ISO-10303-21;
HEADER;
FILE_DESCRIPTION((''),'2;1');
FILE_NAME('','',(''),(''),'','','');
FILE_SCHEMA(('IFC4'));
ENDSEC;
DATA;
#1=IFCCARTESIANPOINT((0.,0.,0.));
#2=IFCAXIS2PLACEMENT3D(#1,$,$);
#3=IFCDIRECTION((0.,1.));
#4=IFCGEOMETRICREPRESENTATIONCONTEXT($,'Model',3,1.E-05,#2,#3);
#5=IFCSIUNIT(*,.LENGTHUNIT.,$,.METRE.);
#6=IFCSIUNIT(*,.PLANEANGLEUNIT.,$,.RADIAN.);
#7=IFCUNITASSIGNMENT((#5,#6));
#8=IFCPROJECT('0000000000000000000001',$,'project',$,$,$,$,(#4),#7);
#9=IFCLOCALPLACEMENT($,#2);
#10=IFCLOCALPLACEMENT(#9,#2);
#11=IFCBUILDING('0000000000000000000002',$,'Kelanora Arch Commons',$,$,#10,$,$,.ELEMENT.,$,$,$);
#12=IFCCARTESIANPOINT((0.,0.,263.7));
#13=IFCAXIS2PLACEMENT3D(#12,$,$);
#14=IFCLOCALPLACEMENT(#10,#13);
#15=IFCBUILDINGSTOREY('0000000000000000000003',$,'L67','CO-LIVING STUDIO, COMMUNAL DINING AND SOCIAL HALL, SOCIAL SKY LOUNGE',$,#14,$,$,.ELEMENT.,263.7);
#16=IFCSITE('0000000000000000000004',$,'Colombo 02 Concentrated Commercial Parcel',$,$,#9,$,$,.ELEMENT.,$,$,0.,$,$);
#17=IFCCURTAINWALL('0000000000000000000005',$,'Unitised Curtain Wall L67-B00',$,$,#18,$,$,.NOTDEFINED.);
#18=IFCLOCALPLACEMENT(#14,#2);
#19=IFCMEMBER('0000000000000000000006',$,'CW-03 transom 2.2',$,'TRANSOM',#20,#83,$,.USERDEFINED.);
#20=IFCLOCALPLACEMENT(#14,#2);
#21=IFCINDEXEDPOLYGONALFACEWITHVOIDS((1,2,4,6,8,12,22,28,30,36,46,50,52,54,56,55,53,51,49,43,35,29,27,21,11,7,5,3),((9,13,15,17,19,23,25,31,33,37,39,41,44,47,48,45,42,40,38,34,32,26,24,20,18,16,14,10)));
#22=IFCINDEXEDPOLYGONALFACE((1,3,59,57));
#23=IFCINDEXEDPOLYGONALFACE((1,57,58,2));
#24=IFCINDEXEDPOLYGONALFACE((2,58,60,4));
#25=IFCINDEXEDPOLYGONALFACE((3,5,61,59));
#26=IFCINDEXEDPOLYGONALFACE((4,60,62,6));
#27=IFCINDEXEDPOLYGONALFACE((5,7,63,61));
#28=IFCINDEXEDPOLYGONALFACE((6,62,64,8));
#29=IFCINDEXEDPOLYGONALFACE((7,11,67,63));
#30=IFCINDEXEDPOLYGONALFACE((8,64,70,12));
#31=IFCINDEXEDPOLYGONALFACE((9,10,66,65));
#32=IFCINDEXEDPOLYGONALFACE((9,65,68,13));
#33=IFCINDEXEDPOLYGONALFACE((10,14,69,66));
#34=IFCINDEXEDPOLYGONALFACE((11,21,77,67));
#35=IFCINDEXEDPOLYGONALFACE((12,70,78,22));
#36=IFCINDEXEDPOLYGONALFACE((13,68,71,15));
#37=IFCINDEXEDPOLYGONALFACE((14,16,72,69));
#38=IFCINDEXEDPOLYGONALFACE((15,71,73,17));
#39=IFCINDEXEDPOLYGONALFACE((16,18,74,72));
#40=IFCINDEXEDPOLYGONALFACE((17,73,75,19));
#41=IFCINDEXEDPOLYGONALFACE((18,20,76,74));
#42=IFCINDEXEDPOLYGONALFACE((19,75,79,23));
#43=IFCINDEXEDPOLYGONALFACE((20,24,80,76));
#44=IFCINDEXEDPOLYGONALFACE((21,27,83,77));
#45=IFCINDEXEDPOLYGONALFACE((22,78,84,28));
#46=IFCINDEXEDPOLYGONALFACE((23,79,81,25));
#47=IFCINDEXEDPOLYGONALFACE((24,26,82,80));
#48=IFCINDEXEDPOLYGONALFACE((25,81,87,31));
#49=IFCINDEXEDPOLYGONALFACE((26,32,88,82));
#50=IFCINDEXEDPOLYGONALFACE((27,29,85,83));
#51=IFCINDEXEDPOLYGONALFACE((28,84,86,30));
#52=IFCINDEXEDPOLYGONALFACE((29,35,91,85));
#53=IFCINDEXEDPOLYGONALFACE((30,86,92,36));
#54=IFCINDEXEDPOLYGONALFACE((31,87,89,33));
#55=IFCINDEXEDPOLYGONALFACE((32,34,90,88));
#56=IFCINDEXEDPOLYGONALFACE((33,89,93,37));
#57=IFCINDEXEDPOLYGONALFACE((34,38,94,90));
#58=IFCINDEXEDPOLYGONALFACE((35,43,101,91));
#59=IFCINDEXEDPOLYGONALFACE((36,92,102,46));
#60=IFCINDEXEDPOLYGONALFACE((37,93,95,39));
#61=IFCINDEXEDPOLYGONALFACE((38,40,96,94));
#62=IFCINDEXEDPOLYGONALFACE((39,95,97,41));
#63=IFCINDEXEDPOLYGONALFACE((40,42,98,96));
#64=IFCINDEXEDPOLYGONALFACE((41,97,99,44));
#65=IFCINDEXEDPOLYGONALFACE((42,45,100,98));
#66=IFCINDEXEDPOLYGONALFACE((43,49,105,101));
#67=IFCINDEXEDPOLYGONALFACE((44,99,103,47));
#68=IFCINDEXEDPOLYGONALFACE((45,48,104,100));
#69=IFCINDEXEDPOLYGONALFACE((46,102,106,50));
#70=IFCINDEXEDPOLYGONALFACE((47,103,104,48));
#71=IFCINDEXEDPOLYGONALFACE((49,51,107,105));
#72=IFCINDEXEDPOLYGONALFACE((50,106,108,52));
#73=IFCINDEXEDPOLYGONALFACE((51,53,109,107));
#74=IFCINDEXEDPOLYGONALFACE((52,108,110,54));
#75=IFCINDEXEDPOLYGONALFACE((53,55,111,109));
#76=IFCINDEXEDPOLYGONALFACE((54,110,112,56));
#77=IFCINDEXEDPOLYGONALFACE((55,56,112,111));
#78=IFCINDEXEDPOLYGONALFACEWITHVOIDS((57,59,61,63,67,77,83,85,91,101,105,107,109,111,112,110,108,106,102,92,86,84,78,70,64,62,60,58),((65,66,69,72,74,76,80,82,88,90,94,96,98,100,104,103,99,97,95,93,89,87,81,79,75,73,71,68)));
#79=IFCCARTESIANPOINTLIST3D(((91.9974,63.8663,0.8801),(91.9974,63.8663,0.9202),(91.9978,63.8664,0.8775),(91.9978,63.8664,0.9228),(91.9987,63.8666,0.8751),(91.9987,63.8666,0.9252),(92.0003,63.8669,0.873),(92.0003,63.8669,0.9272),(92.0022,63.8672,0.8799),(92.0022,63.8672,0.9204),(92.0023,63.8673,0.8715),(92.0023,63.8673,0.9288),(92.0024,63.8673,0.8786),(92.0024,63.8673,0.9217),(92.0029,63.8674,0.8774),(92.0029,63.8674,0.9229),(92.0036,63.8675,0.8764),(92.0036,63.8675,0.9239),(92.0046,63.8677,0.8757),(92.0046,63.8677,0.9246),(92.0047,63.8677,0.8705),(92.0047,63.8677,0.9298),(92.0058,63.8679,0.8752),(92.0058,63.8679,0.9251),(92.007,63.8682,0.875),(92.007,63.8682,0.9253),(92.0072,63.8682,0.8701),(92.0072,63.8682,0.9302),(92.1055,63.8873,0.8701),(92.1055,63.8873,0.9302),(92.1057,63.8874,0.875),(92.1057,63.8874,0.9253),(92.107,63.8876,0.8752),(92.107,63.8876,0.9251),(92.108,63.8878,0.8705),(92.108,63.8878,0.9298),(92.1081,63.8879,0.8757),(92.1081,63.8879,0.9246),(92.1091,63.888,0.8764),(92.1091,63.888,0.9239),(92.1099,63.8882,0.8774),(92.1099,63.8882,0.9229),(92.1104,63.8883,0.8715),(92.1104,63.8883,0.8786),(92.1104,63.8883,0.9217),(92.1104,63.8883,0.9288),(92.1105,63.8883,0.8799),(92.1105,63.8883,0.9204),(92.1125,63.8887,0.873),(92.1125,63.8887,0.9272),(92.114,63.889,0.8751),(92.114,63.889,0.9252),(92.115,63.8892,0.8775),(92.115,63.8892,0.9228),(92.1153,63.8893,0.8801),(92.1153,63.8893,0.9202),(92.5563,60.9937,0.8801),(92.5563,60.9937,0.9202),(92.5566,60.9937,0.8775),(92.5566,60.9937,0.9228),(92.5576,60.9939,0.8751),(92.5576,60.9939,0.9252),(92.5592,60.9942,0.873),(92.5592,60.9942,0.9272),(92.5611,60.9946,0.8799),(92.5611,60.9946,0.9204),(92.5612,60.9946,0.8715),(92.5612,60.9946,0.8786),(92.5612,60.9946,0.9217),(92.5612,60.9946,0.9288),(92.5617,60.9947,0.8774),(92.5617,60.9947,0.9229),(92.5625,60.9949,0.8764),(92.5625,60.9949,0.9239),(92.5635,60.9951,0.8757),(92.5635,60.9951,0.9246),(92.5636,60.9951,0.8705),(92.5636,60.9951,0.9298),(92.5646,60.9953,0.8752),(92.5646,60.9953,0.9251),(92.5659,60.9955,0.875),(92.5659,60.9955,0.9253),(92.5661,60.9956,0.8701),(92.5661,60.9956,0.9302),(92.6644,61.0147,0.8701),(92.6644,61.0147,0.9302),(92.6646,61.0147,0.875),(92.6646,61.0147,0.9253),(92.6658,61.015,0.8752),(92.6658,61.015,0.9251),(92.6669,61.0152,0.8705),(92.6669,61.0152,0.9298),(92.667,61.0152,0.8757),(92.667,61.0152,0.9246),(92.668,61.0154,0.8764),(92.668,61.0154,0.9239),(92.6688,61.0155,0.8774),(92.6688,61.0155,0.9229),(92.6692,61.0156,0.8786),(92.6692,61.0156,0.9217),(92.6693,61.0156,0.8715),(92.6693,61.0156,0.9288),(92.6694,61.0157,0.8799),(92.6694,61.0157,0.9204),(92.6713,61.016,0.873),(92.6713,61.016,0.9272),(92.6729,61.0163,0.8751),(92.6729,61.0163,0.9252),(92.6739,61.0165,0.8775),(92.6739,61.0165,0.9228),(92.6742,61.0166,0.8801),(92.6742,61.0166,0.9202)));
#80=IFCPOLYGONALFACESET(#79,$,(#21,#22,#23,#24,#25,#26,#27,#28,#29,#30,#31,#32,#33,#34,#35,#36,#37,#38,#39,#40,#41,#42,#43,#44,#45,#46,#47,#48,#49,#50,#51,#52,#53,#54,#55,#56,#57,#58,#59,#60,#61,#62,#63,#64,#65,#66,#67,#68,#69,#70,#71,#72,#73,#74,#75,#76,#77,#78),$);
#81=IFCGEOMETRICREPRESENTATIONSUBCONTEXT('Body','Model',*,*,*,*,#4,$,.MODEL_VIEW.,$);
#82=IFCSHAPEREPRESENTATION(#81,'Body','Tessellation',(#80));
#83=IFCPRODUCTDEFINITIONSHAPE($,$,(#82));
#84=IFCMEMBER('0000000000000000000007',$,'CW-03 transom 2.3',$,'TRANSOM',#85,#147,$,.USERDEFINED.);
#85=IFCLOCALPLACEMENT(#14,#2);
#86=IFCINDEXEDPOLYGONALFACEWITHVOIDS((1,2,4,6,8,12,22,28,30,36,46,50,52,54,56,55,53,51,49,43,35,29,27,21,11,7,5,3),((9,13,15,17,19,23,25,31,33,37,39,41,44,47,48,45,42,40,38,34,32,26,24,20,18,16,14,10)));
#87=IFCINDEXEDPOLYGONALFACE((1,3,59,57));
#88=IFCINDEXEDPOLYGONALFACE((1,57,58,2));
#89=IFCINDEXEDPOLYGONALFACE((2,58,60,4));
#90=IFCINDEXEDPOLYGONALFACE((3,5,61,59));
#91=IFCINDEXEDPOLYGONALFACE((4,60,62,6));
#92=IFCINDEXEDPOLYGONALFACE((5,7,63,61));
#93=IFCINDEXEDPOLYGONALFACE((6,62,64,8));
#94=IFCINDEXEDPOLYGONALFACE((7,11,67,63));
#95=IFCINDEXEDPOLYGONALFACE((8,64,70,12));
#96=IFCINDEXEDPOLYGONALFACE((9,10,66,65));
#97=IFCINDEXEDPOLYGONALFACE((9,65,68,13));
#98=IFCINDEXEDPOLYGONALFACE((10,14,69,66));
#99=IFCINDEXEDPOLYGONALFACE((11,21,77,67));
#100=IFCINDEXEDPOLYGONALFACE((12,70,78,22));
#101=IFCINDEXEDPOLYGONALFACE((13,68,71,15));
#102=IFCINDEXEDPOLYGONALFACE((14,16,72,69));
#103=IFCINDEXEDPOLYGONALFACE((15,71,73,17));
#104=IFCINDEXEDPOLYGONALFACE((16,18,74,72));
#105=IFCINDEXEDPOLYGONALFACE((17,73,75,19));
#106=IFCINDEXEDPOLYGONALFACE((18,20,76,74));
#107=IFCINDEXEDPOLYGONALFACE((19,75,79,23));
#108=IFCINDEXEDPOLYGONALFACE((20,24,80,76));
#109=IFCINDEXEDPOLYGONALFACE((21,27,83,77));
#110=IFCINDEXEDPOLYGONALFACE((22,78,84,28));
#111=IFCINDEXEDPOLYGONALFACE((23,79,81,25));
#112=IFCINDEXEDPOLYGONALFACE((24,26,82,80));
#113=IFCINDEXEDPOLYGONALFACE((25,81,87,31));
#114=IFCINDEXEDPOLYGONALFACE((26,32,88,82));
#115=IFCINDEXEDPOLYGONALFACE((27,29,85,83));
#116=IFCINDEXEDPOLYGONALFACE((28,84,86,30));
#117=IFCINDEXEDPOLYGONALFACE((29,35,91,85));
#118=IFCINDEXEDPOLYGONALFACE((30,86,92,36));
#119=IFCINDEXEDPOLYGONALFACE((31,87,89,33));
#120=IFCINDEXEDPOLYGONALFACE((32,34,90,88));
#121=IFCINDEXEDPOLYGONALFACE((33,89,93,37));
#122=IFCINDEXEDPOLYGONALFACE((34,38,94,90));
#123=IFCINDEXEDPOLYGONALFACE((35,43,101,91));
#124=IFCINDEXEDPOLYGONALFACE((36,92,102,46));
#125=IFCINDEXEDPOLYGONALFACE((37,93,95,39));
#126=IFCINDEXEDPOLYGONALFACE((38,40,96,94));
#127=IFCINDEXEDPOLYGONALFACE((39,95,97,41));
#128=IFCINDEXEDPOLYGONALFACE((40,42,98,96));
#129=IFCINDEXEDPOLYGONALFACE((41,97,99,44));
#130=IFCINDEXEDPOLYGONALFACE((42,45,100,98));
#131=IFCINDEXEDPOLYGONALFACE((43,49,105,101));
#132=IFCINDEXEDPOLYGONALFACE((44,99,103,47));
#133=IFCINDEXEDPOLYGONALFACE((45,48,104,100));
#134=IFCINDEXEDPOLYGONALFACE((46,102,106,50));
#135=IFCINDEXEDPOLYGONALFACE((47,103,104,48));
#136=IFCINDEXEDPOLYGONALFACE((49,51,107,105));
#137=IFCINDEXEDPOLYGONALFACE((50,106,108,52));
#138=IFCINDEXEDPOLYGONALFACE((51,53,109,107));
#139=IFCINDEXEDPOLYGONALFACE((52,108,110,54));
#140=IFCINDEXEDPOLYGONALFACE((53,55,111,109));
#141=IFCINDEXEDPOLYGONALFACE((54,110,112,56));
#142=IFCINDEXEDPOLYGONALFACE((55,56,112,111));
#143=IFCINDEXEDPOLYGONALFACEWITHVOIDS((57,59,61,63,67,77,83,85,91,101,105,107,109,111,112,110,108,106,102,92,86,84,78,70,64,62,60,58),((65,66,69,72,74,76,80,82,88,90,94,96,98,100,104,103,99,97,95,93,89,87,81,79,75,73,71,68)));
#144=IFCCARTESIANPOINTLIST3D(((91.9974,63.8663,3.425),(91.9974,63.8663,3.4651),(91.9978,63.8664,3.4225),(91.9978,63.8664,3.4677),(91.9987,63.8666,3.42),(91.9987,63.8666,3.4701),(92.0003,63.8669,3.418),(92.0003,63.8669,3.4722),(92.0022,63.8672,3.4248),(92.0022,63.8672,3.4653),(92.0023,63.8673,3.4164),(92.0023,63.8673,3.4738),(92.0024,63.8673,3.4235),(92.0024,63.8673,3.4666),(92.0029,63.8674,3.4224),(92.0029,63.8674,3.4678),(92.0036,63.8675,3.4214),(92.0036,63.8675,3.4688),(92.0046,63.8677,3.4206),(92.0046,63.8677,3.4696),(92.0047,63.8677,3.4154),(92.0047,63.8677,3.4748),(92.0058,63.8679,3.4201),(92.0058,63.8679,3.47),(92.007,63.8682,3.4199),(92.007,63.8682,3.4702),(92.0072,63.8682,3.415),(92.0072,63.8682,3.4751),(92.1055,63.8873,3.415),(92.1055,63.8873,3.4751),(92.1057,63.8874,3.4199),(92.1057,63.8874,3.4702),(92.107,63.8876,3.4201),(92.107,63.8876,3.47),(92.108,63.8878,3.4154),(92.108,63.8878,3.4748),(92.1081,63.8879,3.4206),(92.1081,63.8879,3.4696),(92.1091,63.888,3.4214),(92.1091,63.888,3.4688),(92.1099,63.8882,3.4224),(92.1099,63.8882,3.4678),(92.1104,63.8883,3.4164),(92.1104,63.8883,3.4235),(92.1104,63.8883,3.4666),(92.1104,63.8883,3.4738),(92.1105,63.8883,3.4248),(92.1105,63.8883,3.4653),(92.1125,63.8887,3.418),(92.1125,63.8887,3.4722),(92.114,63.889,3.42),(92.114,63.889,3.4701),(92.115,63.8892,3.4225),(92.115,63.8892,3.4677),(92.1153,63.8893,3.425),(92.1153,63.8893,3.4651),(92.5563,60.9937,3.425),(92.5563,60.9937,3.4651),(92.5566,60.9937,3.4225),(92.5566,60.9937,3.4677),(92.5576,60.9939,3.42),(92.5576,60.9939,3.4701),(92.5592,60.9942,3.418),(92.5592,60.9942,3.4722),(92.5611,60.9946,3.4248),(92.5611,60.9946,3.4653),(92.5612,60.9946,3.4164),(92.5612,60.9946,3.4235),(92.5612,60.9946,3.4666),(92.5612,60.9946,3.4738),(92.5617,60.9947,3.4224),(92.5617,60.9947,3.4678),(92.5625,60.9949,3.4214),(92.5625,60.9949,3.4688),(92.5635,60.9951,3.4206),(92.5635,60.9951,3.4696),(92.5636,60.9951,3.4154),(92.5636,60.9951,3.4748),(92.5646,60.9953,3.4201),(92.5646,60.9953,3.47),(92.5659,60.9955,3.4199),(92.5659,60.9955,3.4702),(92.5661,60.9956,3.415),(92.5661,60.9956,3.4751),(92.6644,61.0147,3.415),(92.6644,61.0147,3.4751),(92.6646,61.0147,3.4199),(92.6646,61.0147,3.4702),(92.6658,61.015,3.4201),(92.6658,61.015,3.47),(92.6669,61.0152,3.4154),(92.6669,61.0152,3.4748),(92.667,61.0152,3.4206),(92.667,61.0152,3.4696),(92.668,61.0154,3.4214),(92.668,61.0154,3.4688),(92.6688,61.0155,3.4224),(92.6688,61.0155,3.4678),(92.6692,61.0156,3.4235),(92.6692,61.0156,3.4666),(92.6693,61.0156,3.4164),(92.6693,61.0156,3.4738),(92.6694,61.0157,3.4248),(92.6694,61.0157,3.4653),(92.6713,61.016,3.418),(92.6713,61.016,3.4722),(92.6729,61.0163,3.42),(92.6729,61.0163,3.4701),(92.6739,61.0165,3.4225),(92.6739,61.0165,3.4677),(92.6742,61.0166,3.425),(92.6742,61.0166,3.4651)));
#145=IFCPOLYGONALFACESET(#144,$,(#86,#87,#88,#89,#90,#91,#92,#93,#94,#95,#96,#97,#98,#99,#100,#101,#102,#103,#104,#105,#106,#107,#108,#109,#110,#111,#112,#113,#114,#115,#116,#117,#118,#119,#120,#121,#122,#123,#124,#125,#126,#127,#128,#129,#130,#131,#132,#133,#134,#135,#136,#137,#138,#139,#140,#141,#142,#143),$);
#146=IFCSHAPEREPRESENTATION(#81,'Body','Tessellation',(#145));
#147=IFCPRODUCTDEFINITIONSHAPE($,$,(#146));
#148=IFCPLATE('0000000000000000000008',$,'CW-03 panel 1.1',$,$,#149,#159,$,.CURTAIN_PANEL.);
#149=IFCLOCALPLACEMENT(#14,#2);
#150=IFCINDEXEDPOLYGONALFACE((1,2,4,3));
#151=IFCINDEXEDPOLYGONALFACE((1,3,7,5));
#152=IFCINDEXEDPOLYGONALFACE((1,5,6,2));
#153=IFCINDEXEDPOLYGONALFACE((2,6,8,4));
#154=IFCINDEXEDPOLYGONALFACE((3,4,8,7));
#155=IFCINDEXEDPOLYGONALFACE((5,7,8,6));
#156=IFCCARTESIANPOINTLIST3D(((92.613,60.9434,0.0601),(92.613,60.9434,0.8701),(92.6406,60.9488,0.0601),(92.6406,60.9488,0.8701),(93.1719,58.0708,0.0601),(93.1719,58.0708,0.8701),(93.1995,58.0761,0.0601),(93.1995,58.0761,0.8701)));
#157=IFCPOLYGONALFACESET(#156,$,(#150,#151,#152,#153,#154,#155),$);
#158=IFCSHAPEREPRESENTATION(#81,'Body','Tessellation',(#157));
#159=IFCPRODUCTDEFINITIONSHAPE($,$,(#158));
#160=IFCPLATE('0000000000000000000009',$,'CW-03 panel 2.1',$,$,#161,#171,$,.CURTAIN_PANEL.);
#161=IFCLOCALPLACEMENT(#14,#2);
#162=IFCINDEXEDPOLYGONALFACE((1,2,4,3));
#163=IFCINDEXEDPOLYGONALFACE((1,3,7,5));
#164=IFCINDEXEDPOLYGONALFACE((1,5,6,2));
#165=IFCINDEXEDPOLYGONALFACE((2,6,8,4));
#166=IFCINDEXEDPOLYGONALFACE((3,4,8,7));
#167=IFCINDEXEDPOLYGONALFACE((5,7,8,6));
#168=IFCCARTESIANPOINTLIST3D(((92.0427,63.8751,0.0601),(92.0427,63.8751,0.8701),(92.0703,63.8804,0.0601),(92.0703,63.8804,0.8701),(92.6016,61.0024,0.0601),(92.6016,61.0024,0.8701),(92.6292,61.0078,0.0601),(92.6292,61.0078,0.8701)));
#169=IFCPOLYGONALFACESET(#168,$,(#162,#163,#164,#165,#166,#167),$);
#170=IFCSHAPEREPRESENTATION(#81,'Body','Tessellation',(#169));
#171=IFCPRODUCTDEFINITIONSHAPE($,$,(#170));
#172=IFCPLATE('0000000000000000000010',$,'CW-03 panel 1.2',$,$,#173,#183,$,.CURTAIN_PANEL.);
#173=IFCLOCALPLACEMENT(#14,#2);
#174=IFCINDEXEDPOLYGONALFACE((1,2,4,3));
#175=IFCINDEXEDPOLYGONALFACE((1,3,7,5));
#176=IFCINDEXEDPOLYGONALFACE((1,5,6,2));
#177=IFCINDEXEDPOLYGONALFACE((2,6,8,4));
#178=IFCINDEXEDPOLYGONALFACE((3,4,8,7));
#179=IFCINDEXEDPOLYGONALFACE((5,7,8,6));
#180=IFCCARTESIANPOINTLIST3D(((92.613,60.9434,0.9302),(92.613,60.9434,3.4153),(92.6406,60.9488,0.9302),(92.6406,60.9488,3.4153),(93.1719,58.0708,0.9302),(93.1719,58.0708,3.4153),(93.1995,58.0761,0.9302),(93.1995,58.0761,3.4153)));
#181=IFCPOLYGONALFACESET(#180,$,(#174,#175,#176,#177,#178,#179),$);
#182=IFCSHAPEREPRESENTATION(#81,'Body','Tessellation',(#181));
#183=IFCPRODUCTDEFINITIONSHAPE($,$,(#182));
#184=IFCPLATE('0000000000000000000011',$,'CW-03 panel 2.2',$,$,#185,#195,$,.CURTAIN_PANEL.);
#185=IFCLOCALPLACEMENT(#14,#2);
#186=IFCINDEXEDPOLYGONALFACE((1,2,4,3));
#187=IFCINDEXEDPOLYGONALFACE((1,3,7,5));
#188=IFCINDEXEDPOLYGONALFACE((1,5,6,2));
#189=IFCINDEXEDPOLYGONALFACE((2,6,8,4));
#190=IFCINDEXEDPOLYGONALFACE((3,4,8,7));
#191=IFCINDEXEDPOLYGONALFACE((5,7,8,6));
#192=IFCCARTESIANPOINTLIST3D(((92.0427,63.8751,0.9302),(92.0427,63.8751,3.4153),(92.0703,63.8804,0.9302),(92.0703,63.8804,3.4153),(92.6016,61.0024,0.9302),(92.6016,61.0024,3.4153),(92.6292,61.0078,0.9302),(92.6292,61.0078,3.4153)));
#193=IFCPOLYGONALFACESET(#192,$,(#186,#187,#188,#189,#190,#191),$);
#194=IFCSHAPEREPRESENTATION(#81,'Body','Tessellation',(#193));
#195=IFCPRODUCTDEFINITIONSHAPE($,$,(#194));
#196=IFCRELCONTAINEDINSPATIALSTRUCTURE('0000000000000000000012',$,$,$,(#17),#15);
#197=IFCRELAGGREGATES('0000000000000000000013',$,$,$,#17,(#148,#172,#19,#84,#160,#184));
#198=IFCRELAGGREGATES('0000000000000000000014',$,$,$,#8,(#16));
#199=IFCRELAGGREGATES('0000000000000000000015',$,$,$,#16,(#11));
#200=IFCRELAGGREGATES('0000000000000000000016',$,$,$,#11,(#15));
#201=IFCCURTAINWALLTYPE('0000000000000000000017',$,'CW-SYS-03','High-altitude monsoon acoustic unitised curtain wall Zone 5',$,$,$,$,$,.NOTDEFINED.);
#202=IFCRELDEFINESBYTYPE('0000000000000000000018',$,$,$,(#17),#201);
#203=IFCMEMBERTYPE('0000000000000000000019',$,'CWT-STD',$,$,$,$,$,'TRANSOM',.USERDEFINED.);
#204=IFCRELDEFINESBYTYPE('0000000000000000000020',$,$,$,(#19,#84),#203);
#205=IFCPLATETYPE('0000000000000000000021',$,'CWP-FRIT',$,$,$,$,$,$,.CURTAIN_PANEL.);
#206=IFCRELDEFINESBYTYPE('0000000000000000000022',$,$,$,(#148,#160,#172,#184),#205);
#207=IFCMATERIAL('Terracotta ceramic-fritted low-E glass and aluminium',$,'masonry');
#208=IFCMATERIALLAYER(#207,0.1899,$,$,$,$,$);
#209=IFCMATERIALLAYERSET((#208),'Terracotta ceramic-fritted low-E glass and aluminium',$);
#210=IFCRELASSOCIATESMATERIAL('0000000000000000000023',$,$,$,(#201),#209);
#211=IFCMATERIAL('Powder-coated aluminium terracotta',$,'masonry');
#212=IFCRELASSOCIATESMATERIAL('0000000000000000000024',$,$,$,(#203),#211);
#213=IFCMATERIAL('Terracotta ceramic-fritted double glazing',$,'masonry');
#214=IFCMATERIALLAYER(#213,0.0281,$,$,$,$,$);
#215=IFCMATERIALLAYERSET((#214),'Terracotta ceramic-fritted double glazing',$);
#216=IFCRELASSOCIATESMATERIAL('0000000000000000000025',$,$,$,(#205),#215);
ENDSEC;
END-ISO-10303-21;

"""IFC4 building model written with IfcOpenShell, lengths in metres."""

from ifc_helpers import new_model, si_unit, direction, frame, origin, origin_2d, place, context, subcontext, project, spatial, rectangle, hollow_rectangle, extrude, source, transform, mapped, material, layer, layer_set, material_profile, profile_set, type_object, element, aggregate, save


model = new_model("IFC4")

# Units and contexts
model_context = context("Model", 3, precision=1e-05, world=origin(), true_north=direction((0.0, 1.0)))
body_context = subcontext(model_context, "Body", "Model", "MODEL_VIEW")
ifc_project = project(units=[si_unit("LENGTHUNIT", "METRE"), si_unit("PLANEANGLEUNIT", "RADIAN")], contexts=[model_context])

# Site, building, storey
site_placement = place(None, origin())
site = spatial("IfcSite", under=ifc_project, at=site_placement, Name="Colombo 02 Concentrated Commercial Parcel", CompositionType="ELEMENT", RefElevation=0.0)
building_placement = place(site_placement, origin())
building = spatial("IfcBuilding", under=site, at=building_placement, Name="Kelanora Arch Commons", CompositionType="ELEMENT")
storey_placement = place(building_placement, frame((0.0, 0.0, 263.7)))
storey = spatial("IfcBuildingStorey", under=building, at=storey_placement, Name="L67", Description="CO-LIVING STUDIO, COMMUNAL DINING AND SOCIAL HALL, SOCIAL SKY LOUNGE", CompositionType="ELEMENT", Elevation=263.7)

# Curtain wall, members, plates
ifc_material_1 = material(Name="Terracotta ceramic-fritted low-E glass and aluminium", Category="masonry")
ifc_layer_1 = layer(ifc_material_1, 0.1899)
ifc_layer_set_1 = layer_set([ifc_layer_1], Name="Terracotta ceramic-fritted low-E glass and aluminium")
curtain_wall_type = type_object("IfcCurtainWallType", Name="CW-SYS-03", Description="High-altitude monsoon acoustic unitised curtain wall Zone 5", PredefinedType="NOTDEFINED", material=ifc_layer_set_1)
curtain_wall_placement = place(storey_placement, origin())
curtain_wall = element("IfcCurtainWall", 1, at=curtain_wall_placement, inside=storey, type_object=curtain_wall_type, Name="Unitised Curtain Wall L67-B00", PredefinedType="NOTDEFINED")
ifc_material_2 = material(Name="Powder-coated aluminium terracotta", Category="masonry")
ifc_material_profile_1 = material_profile(ifc_material_2, hollow_rectangle(XDim=0.1201, YDim=0.0601, WallThickness=0.0049, InnerFilletRadius=0.0049, OuterFilletRadius=0.01, at=origin_2d()), Name="CWT120x60")
ifc_profile_set_1 = profile_set([ifc_material_profile_1], Name="Powder-coated aluminium terracotta")
member_type_1 = type_object("IfcMemberType", Name="CWT-STD", ElementType="TRANSOM", PredefinedType="USERDEFINED", material=ifc_profile_set_1)
member_1_placement = place(storey_placement, frame((92.6152, 61.0051, 0.9001), z_axis=(-0.190963, 0.981597, 0.0), x_axis=(-0.981597, -0.190963, 0.0)))
member_1 = element("IfcMember", 2, at=member_1_placement, type_object=member_type_1, Name="CW-03 transom 2.2", ObjectType="TRANSOM", PredefinedType="USERDEFINED", context=body_context, shape_type="SweptSolid", body=[
    extrude(hollow_rectangle(XDim=0.1201, YDim=0.0601, WallThickness=0.0049, InnerFilletRadius=0.0049, OuterFilletRadius=0.01, at=origin_2d()), origin(), (0.0, 0.0, 1.0), 2.9265),
])
member_2_placement = place(storey_placement, frame((92.6152, 61.0051, 3.4451), z_axis=(-0.190963, 0.981597, 0.0), x_axis=(-0.981597, -0.190963, 0.0)))
member_2 = element("IfcMember", 3, at=member_2_placement, type_object=member_type_1, Name="CW-03 transom 2.3", ObjectType="TRANSOM", PredefinedType="USERDEFINED", context=body_context, shape_type="SweptSolid", body=[
    extrude(hollow_rectangle(XDim=0.1201, YDim=0.0601, WallThickness=0.0049, InnerFilletRadius=0.0049, OuterFilletRadius=0.01, at=origin_2d()), origin(), (0.0, 0.0, 1.0), 2.9265),
])
ifc_material_3 = material(Name="Terracotta ceramic-fritted double glazing", Category="masonry")
ifc_layer_2 = layer(ifc_material_3, 0.0281)
ifc_layer_set_2 = layer_set([ifc_layer_2], Name="Terracotta ceramic-fritted double glazing")
plate_type = type_object("IfcPlateType", Name="CWP-FRIT", PredefinedType="CURTAIN_PANEL", material=ifc_layer_set_2)
shared_shape_1 = source(origin(), body_context, "Body", "SweptSolid", [
    extrude(rectangle(XDim=2.9265, YDim=0.0281, at=origin_2d()), origin(), (0.0, 0.0, 1.0), 0.8101),
])
plate_1_placement = place(storey_placement, frame((92.9062, 59.5098, 0.0601), z_axis=(0.0, 0.0, 1.0), x_axis=(-0.190972, 0.981596, 0.0)))
plate_1 = element("IfcPlate", 4, at=plate_1_placement, type_object=plate_type, Name="CW-03 panel 1.1", PredefinedType="CURTAIN_PANEL", context=body_context, shape_type="MappedRepresentation", body=[
    mapped(shared_shape_1, transform((0.0, 0.0, 0.0), scale=1.0)),
])
plate_2_placement = place(storey_placement, frame((92.3359, 62.4414, 0.0601), z_axis=(0.0, 0.0, 1.0), x_axis=(-0.190972, 0.981596, 0.0)))
plate_2 = element("IfcPlate", 5, at=plate_2_placement, type_object=plate_type, Name="CW-03 panel 2.1", PredefinedType="CURTAIN_PANEL", context=body_context, shape_type="MappedRepresentation", body=[
    mapped(shared_shape_1, transform((0.0, 0.0, 0.0), scale=1.0)),
])
shared_shape_2 = source(origin(), body_context, "Body", "SweptSolid", [
    extrude(rectangle(XDim=2.9265, YDim=0.0281, at=origin_2d()), origin(), (0.0, 0.0, 1.0), 2.4851),
])
plate_3_placement = place(storey_placement, frame((92.9062, 59.5098, 0.9302), z_axis=(0.0, 0.0, 1.0), x_axis=(-0.190972, 0.981596, 0.0)))
plate_3 = element("IfcPlate", 6, at=plate_3_placement, type_object=plate_type, Name="CW-03 panel 1.2", PredefinedType="CURTAIN_PANEL", context=body_context, shape_type="MappedRepresentation", body=[
    mapped(shared_shape_2, transform((0.0, 0.0, 0.0), scale=1.0)),
])
plate_4_placement = place(storey_placement, frame((92.3359, 62.4414, 0.9302), z_axis=(0.0, 0.0, 1.0), x_axis=(-0.190972, 0.981596, 0.0)))
plate_4 = element("IfcPlate", 7, at=plate_4_placement, type_object=plate_type, Name="CW-03 panel 2.2", PredefinedType="CURTAIN_PANEL", context=body_context, shape_type="MappedRepresentation", body=[
    mapped(shared_shape_2, transform((0.0, 0.0, 0.0), scale=1.0)),
])
aggregate(curtain_wall, [plate_1, plate_3, member_1, member_2, plate_2, plate_4])

save(model, "model.ifc")
